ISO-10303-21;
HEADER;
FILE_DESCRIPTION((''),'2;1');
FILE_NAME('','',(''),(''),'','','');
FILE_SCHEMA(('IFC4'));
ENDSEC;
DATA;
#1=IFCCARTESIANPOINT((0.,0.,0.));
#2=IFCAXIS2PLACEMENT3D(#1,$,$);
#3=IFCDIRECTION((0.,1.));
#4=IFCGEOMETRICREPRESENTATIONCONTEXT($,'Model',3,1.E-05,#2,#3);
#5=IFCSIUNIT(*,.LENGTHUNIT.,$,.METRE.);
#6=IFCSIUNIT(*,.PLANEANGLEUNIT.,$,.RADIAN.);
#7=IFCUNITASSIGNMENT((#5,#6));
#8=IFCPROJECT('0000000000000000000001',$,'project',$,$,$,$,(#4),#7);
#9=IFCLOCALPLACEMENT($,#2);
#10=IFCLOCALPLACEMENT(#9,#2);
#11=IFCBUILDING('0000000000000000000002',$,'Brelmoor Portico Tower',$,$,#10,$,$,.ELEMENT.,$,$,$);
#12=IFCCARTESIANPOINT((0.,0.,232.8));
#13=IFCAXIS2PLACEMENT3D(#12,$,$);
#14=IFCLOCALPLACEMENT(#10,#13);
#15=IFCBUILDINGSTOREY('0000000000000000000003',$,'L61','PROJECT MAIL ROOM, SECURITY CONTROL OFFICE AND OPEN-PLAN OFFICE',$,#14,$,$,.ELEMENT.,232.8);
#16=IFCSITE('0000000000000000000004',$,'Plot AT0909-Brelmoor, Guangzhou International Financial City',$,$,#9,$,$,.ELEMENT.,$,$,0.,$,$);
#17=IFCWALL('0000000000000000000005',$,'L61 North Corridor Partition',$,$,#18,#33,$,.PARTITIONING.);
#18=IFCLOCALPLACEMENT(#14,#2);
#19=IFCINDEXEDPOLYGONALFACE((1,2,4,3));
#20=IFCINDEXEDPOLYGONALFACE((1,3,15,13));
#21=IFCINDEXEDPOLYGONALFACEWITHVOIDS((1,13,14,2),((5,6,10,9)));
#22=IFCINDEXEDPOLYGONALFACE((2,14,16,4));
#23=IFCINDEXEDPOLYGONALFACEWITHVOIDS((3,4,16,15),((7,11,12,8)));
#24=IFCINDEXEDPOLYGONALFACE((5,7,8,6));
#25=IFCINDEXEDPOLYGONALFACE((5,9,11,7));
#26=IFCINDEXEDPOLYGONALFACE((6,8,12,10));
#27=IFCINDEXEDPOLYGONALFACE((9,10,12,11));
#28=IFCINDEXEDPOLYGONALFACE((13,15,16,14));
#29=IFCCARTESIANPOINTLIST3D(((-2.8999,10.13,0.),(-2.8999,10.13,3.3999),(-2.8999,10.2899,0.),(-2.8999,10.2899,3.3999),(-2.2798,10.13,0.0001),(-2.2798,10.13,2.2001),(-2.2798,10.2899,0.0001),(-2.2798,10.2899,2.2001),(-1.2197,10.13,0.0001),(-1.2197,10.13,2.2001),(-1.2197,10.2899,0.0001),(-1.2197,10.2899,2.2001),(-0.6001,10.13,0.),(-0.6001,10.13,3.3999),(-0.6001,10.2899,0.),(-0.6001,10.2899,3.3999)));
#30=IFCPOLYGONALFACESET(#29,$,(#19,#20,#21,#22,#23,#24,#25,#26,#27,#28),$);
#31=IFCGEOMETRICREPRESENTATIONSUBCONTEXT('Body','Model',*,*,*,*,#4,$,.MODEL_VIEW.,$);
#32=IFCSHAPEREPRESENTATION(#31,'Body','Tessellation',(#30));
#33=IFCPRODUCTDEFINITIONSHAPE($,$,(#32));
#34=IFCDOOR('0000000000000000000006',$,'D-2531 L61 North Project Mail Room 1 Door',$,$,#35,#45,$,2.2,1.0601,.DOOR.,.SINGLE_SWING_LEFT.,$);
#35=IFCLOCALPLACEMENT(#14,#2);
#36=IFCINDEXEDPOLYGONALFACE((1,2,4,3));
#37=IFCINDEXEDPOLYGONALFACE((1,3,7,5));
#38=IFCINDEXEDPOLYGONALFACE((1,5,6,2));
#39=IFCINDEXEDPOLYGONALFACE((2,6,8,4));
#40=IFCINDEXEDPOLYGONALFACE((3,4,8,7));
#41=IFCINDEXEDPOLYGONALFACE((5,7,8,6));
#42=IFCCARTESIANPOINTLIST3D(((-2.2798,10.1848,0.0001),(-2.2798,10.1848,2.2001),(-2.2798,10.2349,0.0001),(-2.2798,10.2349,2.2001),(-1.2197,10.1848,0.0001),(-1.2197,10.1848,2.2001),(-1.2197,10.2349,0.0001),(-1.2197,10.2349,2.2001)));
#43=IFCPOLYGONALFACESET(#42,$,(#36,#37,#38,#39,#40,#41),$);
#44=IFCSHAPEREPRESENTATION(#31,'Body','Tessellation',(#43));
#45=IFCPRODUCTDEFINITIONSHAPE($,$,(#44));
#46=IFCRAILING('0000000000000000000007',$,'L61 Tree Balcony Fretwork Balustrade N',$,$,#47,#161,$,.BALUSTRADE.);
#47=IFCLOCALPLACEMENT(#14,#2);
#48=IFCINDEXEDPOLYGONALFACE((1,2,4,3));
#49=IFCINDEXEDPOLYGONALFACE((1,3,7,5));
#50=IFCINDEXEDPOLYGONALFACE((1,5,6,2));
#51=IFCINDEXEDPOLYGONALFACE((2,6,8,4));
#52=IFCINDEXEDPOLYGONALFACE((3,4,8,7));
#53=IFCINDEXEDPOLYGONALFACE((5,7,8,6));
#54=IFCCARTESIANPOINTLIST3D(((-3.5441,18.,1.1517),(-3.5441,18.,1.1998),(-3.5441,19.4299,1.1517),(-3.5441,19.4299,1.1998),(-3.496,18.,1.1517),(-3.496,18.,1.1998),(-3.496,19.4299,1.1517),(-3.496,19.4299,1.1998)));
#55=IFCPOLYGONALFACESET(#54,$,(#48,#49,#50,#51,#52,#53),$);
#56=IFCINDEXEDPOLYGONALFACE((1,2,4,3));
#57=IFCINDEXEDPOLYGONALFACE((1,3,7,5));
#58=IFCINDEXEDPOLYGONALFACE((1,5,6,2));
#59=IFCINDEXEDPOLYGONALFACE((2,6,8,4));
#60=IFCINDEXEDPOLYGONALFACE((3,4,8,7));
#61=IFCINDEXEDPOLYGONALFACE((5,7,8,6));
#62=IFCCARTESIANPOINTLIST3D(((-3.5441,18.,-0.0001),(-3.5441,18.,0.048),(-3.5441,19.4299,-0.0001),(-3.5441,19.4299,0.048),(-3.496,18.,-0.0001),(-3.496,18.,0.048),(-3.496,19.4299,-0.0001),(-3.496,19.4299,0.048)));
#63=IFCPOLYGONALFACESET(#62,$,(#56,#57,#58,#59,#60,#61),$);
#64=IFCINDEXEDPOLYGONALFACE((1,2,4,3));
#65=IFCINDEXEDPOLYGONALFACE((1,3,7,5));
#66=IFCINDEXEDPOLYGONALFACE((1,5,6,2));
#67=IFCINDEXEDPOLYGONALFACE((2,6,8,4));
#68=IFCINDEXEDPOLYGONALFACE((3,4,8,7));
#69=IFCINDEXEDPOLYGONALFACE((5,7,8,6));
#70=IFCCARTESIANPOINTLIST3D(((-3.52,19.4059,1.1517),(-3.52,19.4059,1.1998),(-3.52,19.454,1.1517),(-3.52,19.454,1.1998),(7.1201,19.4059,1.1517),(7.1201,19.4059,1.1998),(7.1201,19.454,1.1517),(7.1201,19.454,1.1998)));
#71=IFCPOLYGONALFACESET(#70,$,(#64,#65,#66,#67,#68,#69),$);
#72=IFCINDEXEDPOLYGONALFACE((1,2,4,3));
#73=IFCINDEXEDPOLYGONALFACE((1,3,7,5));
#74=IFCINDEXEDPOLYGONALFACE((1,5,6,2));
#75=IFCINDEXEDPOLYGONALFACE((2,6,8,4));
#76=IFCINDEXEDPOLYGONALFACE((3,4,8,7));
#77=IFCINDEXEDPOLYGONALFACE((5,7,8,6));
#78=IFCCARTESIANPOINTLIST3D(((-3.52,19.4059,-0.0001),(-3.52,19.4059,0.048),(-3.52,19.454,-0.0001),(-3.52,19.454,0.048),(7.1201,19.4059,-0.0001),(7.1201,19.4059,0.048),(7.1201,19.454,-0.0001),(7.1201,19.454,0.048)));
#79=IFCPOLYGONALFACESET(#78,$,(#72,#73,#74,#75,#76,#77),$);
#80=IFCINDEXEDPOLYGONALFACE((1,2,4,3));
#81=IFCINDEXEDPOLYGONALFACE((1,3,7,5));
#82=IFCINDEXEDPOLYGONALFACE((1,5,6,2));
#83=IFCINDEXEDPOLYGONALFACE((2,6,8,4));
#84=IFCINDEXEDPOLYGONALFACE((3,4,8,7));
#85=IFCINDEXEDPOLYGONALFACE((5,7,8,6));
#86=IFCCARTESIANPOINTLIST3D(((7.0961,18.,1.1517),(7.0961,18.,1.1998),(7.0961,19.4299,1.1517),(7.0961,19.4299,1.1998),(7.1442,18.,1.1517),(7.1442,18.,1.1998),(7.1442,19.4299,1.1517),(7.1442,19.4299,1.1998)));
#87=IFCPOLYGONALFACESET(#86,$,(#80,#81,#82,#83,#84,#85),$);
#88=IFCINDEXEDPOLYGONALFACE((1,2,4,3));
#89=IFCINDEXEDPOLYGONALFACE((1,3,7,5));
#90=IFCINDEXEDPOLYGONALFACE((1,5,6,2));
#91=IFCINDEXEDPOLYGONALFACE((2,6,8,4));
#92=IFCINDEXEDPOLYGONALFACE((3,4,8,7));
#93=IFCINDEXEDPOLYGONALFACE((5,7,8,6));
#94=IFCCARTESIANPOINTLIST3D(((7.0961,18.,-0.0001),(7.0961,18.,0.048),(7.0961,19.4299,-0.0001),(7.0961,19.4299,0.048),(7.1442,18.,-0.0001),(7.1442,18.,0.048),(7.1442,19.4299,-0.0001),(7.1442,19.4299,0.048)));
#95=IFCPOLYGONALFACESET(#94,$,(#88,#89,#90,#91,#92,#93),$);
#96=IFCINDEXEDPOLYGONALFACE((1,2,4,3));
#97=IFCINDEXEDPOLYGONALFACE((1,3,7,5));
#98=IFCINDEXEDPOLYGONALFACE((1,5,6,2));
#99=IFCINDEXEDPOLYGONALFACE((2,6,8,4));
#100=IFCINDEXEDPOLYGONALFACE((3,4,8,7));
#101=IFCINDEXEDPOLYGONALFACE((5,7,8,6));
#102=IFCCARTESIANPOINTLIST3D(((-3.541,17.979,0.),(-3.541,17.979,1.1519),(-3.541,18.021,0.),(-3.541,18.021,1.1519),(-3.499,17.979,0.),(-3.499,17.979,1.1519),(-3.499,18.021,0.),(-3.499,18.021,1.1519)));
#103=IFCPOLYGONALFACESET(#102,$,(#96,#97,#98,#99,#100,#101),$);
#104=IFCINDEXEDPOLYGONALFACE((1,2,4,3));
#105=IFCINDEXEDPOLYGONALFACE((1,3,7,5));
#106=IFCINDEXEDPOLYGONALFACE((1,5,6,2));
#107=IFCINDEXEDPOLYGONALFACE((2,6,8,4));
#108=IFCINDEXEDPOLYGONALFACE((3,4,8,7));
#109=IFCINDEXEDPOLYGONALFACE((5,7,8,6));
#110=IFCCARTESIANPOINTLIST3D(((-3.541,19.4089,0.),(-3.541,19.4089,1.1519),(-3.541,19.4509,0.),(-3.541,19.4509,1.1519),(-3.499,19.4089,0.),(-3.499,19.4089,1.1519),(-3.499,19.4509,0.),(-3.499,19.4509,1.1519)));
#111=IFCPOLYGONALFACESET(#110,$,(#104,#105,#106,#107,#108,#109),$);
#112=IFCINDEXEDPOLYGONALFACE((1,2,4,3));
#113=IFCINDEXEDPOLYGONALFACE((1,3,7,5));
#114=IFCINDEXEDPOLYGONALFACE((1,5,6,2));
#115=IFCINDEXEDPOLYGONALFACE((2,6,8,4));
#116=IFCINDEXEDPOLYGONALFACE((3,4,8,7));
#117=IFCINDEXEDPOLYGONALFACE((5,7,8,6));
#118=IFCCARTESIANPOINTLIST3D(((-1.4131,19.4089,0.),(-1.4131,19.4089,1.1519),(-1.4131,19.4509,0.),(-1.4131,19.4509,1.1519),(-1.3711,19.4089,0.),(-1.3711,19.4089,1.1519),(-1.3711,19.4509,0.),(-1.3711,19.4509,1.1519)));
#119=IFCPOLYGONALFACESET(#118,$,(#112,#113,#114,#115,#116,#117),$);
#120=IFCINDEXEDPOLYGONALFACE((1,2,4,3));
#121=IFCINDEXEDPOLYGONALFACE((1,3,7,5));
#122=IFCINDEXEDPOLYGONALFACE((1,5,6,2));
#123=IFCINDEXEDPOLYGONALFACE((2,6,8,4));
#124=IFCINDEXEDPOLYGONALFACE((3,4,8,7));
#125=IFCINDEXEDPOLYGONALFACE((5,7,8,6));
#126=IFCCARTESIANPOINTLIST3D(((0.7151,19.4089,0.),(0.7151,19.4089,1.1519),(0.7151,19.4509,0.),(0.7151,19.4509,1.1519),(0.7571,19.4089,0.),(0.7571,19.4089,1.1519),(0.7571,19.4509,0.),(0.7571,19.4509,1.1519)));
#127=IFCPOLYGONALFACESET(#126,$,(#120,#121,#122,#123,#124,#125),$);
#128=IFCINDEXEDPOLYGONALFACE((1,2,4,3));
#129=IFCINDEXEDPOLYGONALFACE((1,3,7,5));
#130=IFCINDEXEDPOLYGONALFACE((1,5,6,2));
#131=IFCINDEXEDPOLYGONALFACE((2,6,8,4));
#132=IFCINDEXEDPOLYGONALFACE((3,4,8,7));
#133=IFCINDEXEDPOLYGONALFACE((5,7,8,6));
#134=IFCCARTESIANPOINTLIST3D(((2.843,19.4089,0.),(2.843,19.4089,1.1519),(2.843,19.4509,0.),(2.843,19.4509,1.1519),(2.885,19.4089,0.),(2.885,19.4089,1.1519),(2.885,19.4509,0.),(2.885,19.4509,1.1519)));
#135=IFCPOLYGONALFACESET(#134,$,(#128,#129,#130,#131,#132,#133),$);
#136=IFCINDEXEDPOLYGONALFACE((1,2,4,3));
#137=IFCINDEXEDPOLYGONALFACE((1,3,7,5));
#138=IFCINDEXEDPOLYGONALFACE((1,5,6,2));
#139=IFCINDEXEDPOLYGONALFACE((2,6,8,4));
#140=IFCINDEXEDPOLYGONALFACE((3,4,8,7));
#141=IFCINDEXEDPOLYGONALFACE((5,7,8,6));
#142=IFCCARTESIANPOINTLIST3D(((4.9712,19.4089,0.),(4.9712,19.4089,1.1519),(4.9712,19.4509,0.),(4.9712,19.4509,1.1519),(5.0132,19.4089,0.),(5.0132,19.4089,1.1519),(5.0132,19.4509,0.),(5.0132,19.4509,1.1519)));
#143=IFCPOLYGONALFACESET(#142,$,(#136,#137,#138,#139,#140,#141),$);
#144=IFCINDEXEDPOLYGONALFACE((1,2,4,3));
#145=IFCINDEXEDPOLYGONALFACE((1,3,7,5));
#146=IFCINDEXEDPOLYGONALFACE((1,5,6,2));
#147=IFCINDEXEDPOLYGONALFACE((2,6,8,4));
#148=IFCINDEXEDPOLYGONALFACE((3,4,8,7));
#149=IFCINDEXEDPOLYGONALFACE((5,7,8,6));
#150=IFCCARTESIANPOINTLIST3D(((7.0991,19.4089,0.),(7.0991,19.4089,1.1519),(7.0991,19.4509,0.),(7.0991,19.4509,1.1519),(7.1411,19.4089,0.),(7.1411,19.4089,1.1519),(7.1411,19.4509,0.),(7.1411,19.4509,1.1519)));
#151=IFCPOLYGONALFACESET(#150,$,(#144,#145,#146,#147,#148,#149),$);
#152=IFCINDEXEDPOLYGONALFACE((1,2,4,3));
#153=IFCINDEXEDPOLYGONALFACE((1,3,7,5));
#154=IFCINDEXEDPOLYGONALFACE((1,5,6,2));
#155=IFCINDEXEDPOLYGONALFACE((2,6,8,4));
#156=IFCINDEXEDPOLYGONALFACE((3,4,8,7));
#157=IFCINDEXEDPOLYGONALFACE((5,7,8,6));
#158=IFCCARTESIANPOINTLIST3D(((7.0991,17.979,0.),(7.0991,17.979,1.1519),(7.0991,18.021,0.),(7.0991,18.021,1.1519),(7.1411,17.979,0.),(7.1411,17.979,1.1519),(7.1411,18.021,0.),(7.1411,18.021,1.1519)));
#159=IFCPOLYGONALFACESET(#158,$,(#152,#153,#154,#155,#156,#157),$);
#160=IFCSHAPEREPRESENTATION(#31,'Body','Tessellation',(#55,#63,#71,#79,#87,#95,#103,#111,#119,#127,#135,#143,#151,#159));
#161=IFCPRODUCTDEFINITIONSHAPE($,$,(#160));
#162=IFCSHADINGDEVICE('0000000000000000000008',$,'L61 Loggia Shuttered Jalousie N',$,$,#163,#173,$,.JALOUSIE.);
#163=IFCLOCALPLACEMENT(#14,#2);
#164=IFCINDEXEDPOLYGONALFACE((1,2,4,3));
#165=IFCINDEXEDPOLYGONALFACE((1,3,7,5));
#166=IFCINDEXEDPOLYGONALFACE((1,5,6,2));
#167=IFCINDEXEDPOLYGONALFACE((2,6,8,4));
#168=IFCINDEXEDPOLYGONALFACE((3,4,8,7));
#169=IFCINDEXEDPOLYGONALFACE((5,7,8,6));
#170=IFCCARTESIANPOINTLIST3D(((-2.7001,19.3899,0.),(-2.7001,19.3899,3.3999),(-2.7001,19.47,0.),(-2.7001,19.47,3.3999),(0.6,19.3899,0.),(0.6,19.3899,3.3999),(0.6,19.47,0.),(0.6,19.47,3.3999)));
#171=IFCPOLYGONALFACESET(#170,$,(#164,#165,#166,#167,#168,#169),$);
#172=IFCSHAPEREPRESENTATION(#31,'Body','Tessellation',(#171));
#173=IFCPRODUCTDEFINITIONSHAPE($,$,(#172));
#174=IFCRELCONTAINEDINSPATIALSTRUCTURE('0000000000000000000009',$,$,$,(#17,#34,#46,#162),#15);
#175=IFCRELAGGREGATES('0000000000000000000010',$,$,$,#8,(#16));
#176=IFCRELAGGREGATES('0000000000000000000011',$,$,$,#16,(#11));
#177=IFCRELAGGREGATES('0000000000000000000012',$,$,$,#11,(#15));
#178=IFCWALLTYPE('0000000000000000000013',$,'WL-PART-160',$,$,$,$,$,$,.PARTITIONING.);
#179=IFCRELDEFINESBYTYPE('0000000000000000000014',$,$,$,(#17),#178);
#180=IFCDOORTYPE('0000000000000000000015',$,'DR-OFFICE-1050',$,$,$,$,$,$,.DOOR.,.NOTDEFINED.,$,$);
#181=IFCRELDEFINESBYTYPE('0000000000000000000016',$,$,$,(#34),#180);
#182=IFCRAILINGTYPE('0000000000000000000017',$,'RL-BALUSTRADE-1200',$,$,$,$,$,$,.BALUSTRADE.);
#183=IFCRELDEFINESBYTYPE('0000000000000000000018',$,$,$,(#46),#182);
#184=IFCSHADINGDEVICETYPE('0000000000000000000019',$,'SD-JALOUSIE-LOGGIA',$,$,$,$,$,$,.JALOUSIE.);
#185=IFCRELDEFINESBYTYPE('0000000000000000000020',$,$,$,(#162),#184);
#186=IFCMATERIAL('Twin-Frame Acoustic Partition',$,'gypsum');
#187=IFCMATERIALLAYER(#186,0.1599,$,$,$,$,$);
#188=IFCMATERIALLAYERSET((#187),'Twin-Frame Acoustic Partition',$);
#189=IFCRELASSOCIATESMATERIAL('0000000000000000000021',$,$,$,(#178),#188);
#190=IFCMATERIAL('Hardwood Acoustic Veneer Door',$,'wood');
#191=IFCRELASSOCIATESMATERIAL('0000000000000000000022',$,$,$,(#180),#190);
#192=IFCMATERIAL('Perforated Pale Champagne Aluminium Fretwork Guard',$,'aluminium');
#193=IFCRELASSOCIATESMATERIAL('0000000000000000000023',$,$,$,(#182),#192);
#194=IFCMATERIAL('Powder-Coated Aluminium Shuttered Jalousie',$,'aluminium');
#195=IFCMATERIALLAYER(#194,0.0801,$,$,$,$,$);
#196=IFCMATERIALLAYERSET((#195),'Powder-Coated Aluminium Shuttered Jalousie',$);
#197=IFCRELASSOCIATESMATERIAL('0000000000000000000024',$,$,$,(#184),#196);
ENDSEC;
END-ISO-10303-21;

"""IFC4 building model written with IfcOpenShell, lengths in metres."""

from ifc_helpers import new_model, si_unit, direction, frame, frame_2d, origin, origin_2d, place, context, subcontext, project, spatial, rectangle, extrude, material, layer, layer_set, type_object, element, fill, save


model = new_model("IFC4")

# Units and contexts
model_context = context("Model", 3, precision=1e-05, world=origin(), true_north=direction((0.0, 1.0)))
body_context = subcontext(model_context, "Body", "Model", "MODEL_VIEW")
ifc_project = project(units=[si_unit("LENGTHUNIT", "METRE"), si_unit("PLANEANGLEUNIT", "RADIAN")], contexts=[model_context])

# Site, building, storey
site_placement = place(None, origin())
site = spatial("IfcSite", under=ifc_project, at=site_placement, Name="Plot AT0909-Brelmoor, Guangzhou International Financial City", CompositionType="ELEMENT", RefElevation=0.0)
building_placement = place(site_placement, origin())
building = spatial("IfcBuilding", under=site, at=building_placement, Name="Brelmoor Portico Tower", CompositionType="ELEMENT")
storey_placement = place(building_placement, frame((0.0, 0.0, 232.8)))
storey = spatial("IfcBuildingStorey", under=building, at=storey_placement, Name="L61", Description="PROJECT MAIL ROOM, SECURITY CONTROL OFFICE AND OPEN-PLAN OFFICE", CompositionType="ELEMENT", Elevation=232.8)

# Shared definitions
ifc_material_1 = material(Name="Twin-Frame Acoustic Partition", Category="gypsum")
ifc_layer_1 = layer(ifc_material_1, 0.1599)
ifc_layer_set_1 = layer_set([ifc_layer_1], Name="Twin-Frame Acoustic Partition")
wall_type_1 = type_object("IfcWallType", Name="WL-PART-160", PredefinedType="PARTITIONING", material=ifc_layer_set_1)

# Wall, opening, door
wall_1_placement = place(storey_placement, frame((-2.8999, 10.21, 0.0), z_axis=(0.0, 0.0, 1.0), x_axis=(1.0, 0.0, 0.0)))
wall_1 = element("IfcWall", 1, at=wall_1_placement, inside=storey, type_object=wall_type_1, Name="L61 North Corridor Partition", PredefinedType="PARTITIONING", context=body_context, shape_type="SweptSolid", body=[
    extrude(rectangle(XDim=2.2998, YDim=0.1599, at=frame_2d((1.1499, 0.0))), origin(), (0.0, 0.0, 1.0), 3.3999),
])
opening_1_placement = place(wall_1_placement, frame((0.6201, 0.0, 0.0)))
opening_1 = element("IfcOpeningElement", 2, at=opening_1_placement, cuts=wall_1, PredefinedType="OPENING", context=body_context, shape_type="SweptSolid", body=[
    extrude(rectangle(XDim=1.0601, YDim=2.2, at=frame_2d((0.53, 1.1001))), frame((0.0, 0.0898, 0.0), z_axis=(0.0, -1.0, 0.0), x_axis=(1.0, 0.0, 0.0)), (0.0, 0.0, 1.0), 0.1799),
])
ifc_material_2 = material(Name="Hardwood Acoustic Veneer Door", Category="wood")
door_type_1 = type_object("IfcDoorType", Name="DR-OFFICE-1050", OperationType="NOTDEFINED", PredefinedType="DOOR", material=ifc_material_2)
door_1_placement = place(opening_1_placement, origin())
door_1 = element("IfcDoor", 3, at=door_1_placement, inside=storey, type_object=door_type_1, Name="D-2531 L61 North Project Mail Room 1 Door", OperationType="SINGLE_SWING_LEFT", OverallHeight=2.2, OverallWidth=1.0601, PredefinedType="DOOR", context=body_context, shape_type="SweptSolid", body=[
    extrude(rectangle(XDim=1.0601, YDim=2.2, at=frame_2d((0.53, 1.1001))), frame((0.0, 0.0249, 0.0), z_axis=(0.0, -1.0, 0.0), x_axis=(1.0, 0.0, 0.0)), (0.0, 0.0, 1.0), 0.05),
])
fill(opening_1, door_1)

# Railing
ifc_material_3 = material(Name="Perforated Pale Champagne Aluminium Fretwork Guard", Category="aluminium")
railing_type = type_object("IfcRailingType", Name="RL-BALUSTRADE-1200", PredefinedType="BALUSTRADE", material=ifc_material_3)
railing_placement = place(storey_placement, frame((-3.52, 18.0, 0.0)))
element("IfcRailing", 4, at=railing_placement, inside=storey, type_object=railing_type, Name="L61 Tree Balcony Fretwork Balustrade N", PredefinedType="BALUSTRADE", context=body_context, shape_type="SweptSolid", body=[
    extrude(rectangle(XDim=0.0481, YDim=0.0481, at=origin_2d()), frame((0.0, 0.0, 1.1758), z_axis=(0.0, 1.0, 0.0), x_axis=(-1.0, 0.0, 0.0)), (0.0, 0.0, 1.0), 1.4299),
    extrude(rectangle(XDim=0.0481, YDim=0.0481, at=origin_2d()), frame((0.0, 0.0, 0.0239), z_axis=(0.0, 1.0, 0.0), x_axis=(-1.0, 0.0, 0.0)), (0.0, 0.0, 1.0), 1.4299),
    extrude(rectangle(XDim=0.0481, YDim=0.0481, at=origin_2d()), frame((0.0, 1.4299, 1.1758), z_axis=(1.0, 0.0, 0.0), x_axis=(0.0, 1.0, 0.0)), (0.0, 0.0, 1.0), 10.6401),
    extrude(rectangle(XDim=0.0481, YDim=0.0481, at=origin_2d()), frame((0.0, 1.4299, 0.0239), z_axis=(1.0, 0.0, 0.0), x_axis=(0.0, 1.0, 0.0)), (0.0, 0.0, 1.0), 10.6401),
    extrude(rectangle(XDim=0.0481, YDim=0.0481, at=origin_2d()), frame((10.6401, 1.4299, 1.1758), z_axis=(0.0, -1.0, 0.0), x_axis=(1.0, 0.0, 0.0)), (0.0, 0.0, 1.0), 1.4299),
    extrude(rectangle(XDim=0.0481, YDim=0.0481, at=origin_2d()), frame((10.6401, 1.4299, 0.0239), z_axis=(0.0, -1.0, 0.0), x_axis=(1.0, 0.0, 0.0)), (0.0, 0.0, 1.0), 1.4299),
    extrude(rectangle(XDim=0.042, YDim=0.042, at=origin_2d()), origin(), (0.0, 0.0, 1.0), 1.1519),
    extrude(rectangle(XDim=0.042, YDim=0.042, at=origin_2d()), frame((0.0, 1.4299, 0.0)), (0.0, 0.0, 1.0), 1.1519),
    extrude(rectangle(XDim=0.042, YDim=0.042, at=origin_2d()), frame((2.1279, 1.4299, 0.0)), (0.0, 0.0, 1.0), 1.1519),
    extrude(rectangle(XDim=0.042, YDim=0.042, at=origin_2d()), frame((4.2561, 1.4299, 0.0)), (0.0, 0.0, 1.0), 1.1519),
    extrude(rectangle(XDim=0.042, YDim=0.042, at=origin_2d()), frame((6.384, 1.4299, 0.0)), (0.0, 0.0, 1.0), 1.1519),
    extrude(rectangle(XDim=0.042, YDim=0.042, at=origin_2d()), frame((8.5122, 1.4299, 0.0)), (0.0, 0.0, 1.0), 1.1519),
    extrude(rectangle(XDim=0.042, YDim=0.042, at=origin_2d()), frame((10.6401, 1.4299, 0.0)), (0.0, 0.0, 1.0), 1.1519),
    extrude(rectangle(XDim=0.042, YDim=0.042, at=origin_2d()), frame((10.6401, 0.0, 0.0)), (0.0, 0.0, 1.0), 1.1519),
])

# Shading device
ifc_material_4 = material(Name="Powder-Coated Aluminium Shuttered Jalousie", Category="aluminium")
ifc_layer_2 = layer(ifc_material_4, 0.0801)
ifc_layer_set_2 = layer_set([ifc_layer_2], Name="Powder-Coated Aluminium Shuttered Jalousie")
shading_device_type = type_object("IfcShadingDeviceType", Name="SD-JALOUSIE-LOGGIA", PredefinedType="JALOUSIE", material=ifc_layer_set_2)
shading_device_placement = place(storey_placement, frame((-1.05, 19.4299, 0.0), z_axis=(0.0, 0.0, 1.0), x_axis=(1.0, 0.0, 0.0)))
element("IfcShadingDevice", 5, at=shading_device_placement, inside=storey, type_object=shading_device_type, Name="L61 Loggia Shuttered Jalousie N", PredefinedType="JALOUSIE", context=body_context, shape_type="SweptSolid", body=[
    extrude(rectangle(XDim=3.3, YDim=0.0801, at=origin_2d()), origin(), (0.0, 0.0, 1.0), 3.3999),
])

save(model, "model.ifc")
